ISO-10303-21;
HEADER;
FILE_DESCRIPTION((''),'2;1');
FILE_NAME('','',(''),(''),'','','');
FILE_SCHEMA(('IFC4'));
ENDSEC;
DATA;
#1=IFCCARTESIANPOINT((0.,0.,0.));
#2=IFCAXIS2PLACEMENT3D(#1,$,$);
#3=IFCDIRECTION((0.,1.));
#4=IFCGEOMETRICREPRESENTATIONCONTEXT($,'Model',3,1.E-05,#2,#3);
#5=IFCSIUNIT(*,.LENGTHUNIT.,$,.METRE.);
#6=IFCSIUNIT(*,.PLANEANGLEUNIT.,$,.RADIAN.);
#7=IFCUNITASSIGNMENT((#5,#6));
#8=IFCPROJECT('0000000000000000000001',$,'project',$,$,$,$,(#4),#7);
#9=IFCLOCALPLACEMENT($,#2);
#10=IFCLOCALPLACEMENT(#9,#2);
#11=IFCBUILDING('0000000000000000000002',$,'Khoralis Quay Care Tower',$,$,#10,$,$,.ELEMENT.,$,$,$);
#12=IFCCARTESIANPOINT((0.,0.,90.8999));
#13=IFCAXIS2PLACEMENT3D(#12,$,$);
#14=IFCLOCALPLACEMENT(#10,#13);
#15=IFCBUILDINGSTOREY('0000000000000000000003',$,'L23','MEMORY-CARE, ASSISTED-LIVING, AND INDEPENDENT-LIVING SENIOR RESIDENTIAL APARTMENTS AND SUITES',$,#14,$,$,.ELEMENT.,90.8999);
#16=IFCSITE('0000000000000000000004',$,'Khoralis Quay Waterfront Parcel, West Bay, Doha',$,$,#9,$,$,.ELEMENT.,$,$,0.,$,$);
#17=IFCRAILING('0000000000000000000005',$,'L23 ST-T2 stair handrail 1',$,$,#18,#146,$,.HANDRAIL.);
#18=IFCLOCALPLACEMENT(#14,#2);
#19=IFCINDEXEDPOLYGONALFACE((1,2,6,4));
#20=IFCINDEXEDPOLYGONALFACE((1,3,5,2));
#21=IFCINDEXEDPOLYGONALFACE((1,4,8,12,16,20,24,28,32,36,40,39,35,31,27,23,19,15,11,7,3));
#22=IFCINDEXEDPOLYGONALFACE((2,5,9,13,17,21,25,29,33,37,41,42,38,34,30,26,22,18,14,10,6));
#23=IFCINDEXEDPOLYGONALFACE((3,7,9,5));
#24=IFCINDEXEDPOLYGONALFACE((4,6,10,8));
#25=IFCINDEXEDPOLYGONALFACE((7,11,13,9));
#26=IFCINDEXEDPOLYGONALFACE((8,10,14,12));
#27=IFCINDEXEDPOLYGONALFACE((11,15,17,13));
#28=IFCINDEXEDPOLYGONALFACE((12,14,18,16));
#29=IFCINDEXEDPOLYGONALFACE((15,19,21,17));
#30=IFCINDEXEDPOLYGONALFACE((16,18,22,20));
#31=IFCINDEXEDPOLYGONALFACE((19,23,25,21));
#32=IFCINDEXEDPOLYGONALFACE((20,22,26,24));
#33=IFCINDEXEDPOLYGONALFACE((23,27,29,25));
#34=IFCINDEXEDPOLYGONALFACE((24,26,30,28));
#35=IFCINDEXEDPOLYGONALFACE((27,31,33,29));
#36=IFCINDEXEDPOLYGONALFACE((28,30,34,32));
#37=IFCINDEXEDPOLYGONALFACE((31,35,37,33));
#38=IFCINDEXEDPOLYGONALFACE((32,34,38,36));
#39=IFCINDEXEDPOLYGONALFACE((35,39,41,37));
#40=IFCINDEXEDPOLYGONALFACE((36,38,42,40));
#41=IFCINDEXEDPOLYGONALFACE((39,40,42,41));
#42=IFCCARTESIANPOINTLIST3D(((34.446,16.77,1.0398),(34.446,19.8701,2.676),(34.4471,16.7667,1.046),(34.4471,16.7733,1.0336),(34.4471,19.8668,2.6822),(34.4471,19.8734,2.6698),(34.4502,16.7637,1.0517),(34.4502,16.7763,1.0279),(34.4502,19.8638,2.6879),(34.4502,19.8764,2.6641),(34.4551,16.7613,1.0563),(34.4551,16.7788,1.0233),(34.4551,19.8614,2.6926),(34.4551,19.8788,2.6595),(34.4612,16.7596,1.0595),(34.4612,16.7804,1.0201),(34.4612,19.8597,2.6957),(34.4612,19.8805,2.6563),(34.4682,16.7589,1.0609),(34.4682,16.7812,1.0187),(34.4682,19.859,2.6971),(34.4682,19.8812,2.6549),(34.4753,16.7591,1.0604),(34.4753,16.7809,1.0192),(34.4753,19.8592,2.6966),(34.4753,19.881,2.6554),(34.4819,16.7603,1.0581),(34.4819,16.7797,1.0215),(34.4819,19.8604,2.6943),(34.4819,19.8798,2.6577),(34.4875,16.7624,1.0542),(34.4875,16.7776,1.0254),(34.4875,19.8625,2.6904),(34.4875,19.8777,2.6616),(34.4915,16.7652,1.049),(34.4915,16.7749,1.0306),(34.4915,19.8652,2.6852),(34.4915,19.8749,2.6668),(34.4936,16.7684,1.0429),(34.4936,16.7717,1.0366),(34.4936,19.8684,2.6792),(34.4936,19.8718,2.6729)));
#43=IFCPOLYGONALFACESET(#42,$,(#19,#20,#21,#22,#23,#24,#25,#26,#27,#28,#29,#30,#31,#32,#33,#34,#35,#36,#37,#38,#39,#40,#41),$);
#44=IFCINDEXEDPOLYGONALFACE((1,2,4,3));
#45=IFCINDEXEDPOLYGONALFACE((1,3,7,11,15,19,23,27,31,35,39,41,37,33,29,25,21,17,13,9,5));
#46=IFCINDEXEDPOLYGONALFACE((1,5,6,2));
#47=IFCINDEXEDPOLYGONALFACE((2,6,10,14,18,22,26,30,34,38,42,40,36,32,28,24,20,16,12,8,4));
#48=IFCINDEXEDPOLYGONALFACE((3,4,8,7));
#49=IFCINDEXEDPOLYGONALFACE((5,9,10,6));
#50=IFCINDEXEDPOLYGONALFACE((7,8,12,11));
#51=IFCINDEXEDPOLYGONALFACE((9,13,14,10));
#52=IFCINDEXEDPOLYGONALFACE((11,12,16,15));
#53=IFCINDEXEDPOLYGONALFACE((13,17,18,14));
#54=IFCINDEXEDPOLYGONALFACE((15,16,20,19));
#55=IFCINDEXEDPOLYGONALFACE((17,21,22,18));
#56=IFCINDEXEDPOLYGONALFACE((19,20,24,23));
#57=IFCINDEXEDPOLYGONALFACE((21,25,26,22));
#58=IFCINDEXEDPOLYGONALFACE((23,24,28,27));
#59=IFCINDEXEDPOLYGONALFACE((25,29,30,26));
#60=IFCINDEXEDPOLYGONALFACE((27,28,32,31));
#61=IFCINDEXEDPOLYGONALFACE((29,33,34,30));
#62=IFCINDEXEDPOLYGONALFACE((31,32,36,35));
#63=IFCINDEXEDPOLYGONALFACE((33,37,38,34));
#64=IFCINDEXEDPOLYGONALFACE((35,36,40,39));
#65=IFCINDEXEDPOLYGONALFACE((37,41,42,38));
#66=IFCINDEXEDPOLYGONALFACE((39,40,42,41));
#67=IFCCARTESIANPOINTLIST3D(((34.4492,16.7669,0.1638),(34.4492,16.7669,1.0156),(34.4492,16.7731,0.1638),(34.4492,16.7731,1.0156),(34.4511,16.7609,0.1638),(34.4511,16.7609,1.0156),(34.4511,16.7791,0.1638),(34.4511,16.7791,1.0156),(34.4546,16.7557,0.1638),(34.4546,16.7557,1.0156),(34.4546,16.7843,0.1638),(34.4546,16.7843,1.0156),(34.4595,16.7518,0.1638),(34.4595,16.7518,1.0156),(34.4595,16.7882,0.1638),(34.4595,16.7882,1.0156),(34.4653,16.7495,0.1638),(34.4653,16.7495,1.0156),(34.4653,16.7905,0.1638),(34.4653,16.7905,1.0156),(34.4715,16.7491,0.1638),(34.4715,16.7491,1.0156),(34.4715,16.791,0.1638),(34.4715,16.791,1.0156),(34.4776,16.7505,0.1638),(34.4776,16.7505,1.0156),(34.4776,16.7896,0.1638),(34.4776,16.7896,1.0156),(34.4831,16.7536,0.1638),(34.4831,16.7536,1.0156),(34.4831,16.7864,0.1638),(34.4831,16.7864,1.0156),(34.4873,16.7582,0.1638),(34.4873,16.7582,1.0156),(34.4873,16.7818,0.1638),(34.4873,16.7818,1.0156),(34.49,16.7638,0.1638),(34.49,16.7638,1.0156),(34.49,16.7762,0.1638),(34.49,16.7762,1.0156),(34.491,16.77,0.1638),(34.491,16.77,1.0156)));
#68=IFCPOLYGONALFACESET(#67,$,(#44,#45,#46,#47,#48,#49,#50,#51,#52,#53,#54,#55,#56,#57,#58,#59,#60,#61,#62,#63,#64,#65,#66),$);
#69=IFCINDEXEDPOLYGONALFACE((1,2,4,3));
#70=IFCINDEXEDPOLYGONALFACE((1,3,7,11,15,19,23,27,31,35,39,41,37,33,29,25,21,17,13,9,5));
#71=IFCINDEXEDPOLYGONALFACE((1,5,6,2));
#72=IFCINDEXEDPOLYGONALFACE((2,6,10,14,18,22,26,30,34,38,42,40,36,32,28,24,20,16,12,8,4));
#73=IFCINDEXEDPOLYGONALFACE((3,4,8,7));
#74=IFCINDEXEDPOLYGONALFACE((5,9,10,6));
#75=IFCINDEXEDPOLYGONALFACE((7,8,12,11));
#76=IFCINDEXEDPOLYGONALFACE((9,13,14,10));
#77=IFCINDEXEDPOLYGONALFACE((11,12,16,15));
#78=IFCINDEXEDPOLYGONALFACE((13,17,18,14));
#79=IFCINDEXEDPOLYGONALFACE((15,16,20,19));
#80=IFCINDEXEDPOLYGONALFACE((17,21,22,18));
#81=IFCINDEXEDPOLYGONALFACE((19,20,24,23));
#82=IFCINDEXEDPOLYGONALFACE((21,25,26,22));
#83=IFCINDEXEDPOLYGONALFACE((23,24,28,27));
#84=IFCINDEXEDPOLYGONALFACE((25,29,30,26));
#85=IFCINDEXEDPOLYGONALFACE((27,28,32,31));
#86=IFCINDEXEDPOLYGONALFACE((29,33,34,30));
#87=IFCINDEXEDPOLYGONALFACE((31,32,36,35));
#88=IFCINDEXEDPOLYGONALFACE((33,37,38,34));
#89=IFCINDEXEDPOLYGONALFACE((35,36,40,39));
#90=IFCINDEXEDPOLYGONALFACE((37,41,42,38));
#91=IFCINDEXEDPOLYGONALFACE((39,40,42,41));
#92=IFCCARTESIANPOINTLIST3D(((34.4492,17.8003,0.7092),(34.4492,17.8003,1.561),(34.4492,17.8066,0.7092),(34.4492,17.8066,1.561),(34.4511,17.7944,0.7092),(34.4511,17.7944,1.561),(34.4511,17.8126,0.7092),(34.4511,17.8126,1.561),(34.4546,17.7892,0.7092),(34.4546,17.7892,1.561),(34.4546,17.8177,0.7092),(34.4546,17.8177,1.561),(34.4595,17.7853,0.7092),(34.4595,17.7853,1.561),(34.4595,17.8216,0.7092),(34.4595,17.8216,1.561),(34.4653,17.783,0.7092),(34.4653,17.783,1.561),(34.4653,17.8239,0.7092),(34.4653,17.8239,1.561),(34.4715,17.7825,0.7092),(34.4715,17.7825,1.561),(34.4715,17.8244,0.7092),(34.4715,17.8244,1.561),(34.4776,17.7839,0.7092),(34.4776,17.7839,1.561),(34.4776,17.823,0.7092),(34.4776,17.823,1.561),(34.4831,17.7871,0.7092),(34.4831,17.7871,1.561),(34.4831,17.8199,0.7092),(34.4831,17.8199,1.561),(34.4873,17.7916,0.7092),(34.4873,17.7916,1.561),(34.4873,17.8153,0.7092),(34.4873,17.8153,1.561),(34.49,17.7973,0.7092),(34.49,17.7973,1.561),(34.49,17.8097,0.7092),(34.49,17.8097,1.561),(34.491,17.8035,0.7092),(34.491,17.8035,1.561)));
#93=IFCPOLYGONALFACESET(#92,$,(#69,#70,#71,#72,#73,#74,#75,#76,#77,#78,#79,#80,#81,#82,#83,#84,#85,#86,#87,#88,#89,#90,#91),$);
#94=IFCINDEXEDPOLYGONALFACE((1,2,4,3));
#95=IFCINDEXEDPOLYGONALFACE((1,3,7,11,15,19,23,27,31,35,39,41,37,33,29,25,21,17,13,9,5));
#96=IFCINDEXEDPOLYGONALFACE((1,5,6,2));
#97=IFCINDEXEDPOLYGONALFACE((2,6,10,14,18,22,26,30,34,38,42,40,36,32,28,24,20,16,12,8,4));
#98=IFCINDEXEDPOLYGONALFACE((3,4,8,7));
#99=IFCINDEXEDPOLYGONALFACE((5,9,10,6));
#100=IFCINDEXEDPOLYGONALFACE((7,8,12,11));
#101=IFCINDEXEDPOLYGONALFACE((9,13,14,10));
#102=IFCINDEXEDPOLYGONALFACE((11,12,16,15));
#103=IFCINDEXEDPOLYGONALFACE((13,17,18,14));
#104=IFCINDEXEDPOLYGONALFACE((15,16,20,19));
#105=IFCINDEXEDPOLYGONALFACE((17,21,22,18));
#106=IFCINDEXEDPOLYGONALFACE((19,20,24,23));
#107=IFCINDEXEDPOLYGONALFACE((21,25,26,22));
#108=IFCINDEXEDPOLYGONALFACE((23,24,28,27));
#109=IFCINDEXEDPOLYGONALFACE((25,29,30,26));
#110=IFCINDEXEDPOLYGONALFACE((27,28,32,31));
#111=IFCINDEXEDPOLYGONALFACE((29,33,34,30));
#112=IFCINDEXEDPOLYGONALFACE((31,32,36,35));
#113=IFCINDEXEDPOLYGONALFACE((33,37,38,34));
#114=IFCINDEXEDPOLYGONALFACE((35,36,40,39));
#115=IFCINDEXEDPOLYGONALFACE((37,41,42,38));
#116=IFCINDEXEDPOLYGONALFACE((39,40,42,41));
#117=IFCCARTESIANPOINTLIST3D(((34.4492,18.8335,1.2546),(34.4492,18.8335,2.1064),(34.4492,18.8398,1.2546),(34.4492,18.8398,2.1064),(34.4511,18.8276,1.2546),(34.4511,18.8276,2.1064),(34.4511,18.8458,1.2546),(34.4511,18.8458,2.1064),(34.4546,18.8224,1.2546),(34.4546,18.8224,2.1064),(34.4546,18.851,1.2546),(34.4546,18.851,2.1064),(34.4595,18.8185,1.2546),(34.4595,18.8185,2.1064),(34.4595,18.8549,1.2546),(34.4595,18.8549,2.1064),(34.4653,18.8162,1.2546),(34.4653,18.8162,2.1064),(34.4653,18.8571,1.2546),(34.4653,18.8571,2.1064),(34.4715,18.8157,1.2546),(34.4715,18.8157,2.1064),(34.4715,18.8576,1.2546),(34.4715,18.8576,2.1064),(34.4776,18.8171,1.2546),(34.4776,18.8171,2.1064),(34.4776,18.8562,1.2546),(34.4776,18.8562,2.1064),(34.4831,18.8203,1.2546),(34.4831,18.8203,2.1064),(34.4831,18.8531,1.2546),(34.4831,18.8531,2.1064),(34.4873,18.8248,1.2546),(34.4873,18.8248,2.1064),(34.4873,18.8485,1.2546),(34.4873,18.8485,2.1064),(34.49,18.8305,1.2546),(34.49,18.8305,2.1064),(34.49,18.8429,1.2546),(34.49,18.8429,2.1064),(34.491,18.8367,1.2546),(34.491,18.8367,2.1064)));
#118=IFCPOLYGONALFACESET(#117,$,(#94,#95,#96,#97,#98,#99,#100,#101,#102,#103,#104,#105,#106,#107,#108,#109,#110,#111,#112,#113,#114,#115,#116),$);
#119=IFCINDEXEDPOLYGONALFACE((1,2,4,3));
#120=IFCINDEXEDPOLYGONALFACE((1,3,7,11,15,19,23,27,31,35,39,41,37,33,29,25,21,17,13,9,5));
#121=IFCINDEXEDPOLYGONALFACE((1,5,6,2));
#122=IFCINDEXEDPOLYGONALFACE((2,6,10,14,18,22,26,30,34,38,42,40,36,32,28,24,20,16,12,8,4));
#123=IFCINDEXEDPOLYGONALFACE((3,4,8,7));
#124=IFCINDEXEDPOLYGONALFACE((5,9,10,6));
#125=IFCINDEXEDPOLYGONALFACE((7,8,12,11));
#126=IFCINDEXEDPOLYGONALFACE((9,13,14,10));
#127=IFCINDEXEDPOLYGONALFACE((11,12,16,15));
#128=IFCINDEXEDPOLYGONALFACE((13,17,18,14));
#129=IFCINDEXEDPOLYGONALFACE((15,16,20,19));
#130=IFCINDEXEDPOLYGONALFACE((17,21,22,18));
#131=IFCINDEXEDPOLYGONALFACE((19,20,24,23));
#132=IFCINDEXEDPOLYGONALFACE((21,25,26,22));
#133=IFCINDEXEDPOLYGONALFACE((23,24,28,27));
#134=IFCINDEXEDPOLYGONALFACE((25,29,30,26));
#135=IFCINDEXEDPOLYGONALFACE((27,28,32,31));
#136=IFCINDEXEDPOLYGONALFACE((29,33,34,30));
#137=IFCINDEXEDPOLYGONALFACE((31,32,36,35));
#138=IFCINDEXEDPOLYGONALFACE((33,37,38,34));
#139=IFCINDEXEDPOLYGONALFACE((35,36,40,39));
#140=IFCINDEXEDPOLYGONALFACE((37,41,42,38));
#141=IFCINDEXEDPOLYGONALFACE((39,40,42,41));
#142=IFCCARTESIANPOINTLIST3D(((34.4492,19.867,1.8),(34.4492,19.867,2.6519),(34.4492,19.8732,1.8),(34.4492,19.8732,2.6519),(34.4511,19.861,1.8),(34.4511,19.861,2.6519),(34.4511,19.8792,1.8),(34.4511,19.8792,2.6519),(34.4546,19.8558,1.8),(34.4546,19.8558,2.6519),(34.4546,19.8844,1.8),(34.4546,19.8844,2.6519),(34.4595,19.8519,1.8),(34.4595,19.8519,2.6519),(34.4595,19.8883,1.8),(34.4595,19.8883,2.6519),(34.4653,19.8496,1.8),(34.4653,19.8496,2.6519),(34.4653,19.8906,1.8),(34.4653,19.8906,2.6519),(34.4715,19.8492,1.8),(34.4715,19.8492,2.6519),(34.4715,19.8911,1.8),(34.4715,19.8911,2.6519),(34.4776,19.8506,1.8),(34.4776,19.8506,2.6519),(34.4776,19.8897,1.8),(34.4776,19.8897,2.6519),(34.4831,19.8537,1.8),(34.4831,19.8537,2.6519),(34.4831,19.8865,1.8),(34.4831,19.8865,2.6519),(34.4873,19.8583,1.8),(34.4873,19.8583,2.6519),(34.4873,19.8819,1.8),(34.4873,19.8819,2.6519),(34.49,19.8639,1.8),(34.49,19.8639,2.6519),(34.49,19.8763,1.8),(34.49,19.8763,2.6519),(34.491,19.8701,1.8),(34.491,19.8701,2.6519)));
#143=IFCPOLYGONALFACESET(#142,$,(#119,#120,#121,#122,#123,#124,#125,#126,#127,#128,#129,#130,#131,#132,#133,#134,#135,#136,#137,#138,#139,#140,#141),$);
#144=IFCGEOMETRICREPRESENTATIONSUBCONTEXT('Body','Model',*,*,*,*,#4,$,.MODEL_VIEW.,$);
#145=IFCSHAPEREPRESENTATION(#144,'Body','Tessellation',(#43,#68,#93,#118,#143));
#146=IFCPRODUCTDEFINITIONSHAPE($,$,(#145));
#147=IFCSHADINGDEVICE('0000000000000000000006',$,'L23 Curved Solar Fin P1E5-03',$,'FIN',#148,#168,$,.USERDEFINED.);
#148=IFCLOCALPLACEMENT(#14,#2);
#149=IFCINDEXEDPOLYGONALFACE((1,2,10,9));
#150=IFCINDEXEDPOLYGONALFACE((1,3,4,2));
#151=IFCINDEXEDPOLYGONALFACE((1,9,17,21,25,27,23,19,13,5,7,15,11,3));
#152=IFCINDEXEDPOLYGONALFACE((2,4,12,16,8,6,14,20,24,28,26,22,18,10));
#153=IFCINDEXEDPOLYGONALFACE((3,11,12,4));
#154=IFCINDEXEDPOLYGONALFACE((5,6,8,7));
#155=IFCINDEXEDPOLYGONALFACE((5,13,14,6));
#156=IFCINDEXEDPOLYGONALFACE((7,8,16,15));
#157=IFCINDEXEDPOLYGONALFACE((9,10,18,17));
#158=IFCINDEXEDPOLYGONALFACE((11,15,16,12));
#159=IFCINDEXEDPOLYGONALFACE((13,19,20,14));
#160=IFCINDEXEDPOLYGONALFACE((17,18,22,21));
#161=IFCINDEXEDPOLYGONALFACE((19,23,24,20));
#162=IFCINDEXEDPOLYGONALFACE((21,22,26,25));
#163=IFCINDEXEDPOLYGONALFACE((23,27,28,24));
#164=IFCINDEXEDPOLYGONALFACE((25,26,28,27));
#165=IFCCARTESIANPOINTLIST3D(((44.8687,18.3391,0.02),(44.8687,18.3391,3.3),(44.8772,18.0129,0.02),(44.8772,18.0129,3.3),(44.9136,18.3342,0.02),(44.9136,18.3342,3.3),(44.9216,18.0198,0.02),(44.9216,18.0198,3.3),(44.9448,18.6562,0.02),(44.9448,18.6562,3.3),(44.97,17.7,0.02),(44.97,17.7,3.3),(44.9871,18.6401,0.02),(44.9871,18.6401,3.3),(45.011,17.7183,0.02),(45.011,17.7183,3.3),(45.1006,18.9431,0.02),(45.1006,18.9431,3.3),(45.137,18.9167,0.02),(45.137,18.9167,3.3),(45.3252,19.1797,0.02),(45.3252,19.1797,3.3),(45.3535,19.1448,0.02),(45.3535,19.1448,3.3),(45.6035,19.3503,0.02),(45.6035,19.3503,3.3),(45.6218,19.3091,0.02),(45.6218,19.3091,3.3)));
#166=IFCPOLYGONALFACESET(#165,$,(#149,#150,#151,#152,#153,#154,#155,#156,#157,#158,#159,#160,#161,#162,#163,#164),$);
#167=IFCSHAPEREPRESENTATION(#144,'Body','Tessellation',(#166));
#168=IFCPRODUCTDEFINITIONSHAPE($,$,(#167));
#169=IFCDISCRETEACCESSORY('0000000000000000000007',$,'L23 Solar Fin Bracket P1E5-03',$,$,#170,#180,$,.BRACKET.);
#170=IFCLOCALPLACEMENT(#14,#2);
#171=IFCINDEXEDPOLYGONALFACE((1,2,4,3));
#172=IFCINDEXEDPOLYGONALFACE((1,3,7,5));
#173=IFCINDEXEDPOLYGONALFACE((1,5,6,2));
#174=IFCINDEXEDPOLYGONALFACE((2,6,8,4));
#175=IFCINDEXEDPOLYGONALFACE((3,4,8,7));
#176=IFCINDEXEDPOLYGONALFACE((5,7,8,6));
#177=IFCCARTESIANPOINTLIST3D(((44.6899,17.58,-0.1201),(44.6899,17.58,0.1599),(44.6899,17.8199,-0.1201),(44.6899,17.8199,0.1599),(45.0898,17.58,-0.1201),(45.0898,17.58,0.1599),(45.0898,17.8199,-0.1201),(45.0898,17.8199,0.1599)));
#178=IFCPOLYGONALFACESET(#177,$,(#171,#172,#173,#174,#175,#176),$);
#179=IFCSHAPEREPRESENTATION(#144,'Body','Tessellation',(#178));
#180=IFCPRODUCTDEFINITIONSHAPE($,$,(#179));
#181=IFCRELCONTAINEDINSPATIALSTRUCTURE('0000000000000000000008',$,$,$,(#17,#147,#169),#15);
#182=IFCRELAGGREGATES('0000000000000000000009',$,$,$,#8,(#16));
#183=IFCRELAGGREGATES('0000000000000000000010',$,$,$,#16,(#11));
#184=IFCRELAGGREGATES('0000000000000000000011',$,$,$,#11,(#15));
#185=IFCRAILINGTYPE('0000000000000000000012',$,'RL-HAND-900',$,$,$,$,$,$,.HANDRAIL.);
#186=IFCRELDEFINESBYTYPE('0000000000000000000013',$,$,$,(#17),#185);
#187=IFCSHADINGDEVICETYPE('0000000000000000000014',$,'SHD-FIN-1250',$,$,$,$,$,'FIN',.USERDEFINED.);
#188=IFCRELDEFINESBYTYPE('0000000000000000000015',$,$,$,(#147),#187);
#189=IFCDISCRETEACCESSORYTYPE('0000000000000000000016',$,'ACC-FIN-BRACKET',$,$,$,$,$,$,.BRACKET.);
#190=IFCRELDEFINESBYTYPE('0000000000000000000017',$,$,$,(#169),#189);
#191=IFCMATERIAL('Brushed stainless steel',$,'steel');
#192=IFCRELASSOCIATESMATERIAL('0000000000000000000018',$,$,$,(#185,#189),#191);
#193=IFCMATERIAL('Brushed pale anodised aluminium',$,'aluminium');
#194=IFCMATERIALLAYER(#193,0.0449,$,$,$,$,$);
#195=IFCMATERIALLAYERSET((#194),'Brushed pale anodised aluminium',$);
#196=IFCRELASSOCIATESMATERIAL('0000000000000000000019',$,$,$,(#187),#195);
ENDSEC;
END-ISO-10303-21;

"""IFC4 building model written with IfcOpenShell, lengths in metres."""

from ifc_helpers import new_model, si_unit, direction, frame, origin, origin_2d, place, context, subcontext, project, spatial, polyline, rectangle, circle, outline, extrude, source, transform, mapped, material, layer, layer_set, type_object, element, save


model = new_model("IFC4")

# Units and contexts
model_context = context("Model", 3, precision=1e-05, world=origin(), true_north=direction((0.0, 1.0)))
body_context = subcontext(model_context, "Body", "Model", "MODEL_VIEW")
ifc_project = project(units=[si_unit("LENGTHUNIT", "METRE"), si_unit("PLANEANGLEUNIT", "RADIAN")], contexts=[model_context])

# Site, building, storey
site_placement = place(None, origin())
site = spatial("IfcSite", under=ifc_project, at=site_placement, Name="Khoralis Quay Waterfront Parcel, West Bay, Doha", CompositionType="ELEMENT", RefElevation=0.0)
building_placement = place(site_placement, origin())
building = spatial("IfcBuilding", under=site, at=building_placement, Name="Khoralis Quay Care Tower", CompositionType="ELEMENT")
storey_placement = place(building_placement, frame((0.0, 0.0, 90.8999)))
storey = spatial("IfcBuildingStorey", under=building, at=storey_placement, Name="L23", Description="MEMORY-CARE, ASSISTED-LIVING, AND INDEPENDENT-LIVING SENIOR RESIDENTIAL APARTMENTS AND SUITES", CompositionType="ELEMENT", Elevation=90.8999)

# Railing
ifc_material_1 = material(Name="Brushed stainless steel", Category="steel")
railing_type_1 = type_object("IfcRailingType", Name="RL-HAND-900", PredefinedType="HANDRAIL", material=ifc_material_1)
railing_1_placement = place(storey_placement, frame((34.47, 16.77, 0.1638)))
element("IfcRailing", 1, at=railing_1_placement, inside=storey, type_object=railing_type_1, Name="L23 ST-T2 stair handrail 1", PredefinedType="HANDRAIL", context=body_context, shape_type="SweptSolid", body=[
    extrude(circle(Radius=0.0239, at=origin_2d()), frame((0.0, 0.0, 0.876), z_axis=(0.0, 0.884377, 0.466774), x_axis=(-1.0, 0.0, 0.0)), (0.0, 0.0, 1.0), 3.5054),
    extrude(circle(Radius=0.021, at=origin_2d()), origin(), (0.0, 0.0, 1.0), 0.8518),
    extrude(circle(Radius=0.021, at=origin_2d()), frame((0.0, 1.0334, 0.5454)), (0.0, 0.0, 1.0), 0.8518),
    extrude(circle(Radius=0.021, at=origin_2d()), frame((0.0, 2.0667, 1.0908)), (0.0, 0.0, 1.0), 0.8518),
    extrude(circle(Radius=0.021, at=origin_2d()), frame((0.0, 3.1001, 1.6362)), (0.0, 0.0, 1.0), 0.8518),
])

# Shading device
ifc_material_2 = material(Name="Brushed pale anodised aluminium", Category="aluminium")
ifc_layer_1 = layer(ifc_material_2, 0.0449)
ifc_layer_set_1 = layer_set([ifc_layer_1], Name="Brushed pale anodised aluminium")
shading_device_type = type_object("IfcShadingDeviceType", Name="SHD-FIN-1250", ElementType="FIN", PredefinedType="USERDEFINED", material=ifc_layer_set_1)
shared_shape_1 = source(origin(), body_context, "Body", "SweptSolid", [
    extrude(outline(polyline([(0.0, 0.0), (-0.0928, 0.313), (-0.1013, 0.6392), (-0.0251, 0.9563), (0.1306, 1.2432), (0.3552, 1.4797), (0.6335, 1.6504), (0.6519, 1.6091), (0.3835, 1.4448), (0.167, 1.2168), (0.0171, 0.9402), (-0.0564, 0.6343), (-0.0483, 0.3198), (0.041, 0.0183), (0.0, 0.0)])), origin(), (0.0, 0.0, 1.0), 3.28),
])
shading_device_placement = place(storey_placement, frame((44.97, 17.7, 0.02), z_axis=(0.0, 0.0, 1.0), x_axis=(1.0, 0.0, 0.0)))
element("IfcShadingDevice", 2, at=shading_device_placement, inside=storey, type_object=shading_device_type, Name="L23 Curved Solar Fin P1E5-03", ObjectType="FIN", PredefinedType="USERDEFINED", context=body_context, shape_type="MappedRepresentation", body=[
    mapped(shared_shape_1, transform((0.0, 0.0, 0.0), scale=1.0)),
])

# Discrete accessory
discrete_accessory_type = type_object("IfcDiscreteAccessoryType", Name="ACC-FIN-BRACKET", PredefinedType="BRACKET", material=ifc_material_1)
shared_shape_2 = source(origin(), body_context, "Body", "SweptSolid", [
    extrude(rectangle(XDim=0.3999, YDim=0.24, at=origin_2d()), origin(), (0.0, 0.0, 1.0), 0.28),
])
discrete_accessory_placement = place(storey_placement, frame((44.8899, 17.7, -0.1201), z_axis=(0.0, 0.0, 1.0), x_axis=(1.0, 0.0, 0.0)))
element("IfcDiscreteAccessory", 3, at=discrete_accessory_placement, inside=storey, type_object=discrete_accessory_type, Name="L23 Solar Fin Bracket P1E5-03", PredefinedType="BRACKET", context=body_context, shape_type="MappedRepresentation", body=[
    mapped(shared_shape_2, transform((0.0, 0.0, 0.0), scale=1.0)),
])

save(model, "model.ifc")
